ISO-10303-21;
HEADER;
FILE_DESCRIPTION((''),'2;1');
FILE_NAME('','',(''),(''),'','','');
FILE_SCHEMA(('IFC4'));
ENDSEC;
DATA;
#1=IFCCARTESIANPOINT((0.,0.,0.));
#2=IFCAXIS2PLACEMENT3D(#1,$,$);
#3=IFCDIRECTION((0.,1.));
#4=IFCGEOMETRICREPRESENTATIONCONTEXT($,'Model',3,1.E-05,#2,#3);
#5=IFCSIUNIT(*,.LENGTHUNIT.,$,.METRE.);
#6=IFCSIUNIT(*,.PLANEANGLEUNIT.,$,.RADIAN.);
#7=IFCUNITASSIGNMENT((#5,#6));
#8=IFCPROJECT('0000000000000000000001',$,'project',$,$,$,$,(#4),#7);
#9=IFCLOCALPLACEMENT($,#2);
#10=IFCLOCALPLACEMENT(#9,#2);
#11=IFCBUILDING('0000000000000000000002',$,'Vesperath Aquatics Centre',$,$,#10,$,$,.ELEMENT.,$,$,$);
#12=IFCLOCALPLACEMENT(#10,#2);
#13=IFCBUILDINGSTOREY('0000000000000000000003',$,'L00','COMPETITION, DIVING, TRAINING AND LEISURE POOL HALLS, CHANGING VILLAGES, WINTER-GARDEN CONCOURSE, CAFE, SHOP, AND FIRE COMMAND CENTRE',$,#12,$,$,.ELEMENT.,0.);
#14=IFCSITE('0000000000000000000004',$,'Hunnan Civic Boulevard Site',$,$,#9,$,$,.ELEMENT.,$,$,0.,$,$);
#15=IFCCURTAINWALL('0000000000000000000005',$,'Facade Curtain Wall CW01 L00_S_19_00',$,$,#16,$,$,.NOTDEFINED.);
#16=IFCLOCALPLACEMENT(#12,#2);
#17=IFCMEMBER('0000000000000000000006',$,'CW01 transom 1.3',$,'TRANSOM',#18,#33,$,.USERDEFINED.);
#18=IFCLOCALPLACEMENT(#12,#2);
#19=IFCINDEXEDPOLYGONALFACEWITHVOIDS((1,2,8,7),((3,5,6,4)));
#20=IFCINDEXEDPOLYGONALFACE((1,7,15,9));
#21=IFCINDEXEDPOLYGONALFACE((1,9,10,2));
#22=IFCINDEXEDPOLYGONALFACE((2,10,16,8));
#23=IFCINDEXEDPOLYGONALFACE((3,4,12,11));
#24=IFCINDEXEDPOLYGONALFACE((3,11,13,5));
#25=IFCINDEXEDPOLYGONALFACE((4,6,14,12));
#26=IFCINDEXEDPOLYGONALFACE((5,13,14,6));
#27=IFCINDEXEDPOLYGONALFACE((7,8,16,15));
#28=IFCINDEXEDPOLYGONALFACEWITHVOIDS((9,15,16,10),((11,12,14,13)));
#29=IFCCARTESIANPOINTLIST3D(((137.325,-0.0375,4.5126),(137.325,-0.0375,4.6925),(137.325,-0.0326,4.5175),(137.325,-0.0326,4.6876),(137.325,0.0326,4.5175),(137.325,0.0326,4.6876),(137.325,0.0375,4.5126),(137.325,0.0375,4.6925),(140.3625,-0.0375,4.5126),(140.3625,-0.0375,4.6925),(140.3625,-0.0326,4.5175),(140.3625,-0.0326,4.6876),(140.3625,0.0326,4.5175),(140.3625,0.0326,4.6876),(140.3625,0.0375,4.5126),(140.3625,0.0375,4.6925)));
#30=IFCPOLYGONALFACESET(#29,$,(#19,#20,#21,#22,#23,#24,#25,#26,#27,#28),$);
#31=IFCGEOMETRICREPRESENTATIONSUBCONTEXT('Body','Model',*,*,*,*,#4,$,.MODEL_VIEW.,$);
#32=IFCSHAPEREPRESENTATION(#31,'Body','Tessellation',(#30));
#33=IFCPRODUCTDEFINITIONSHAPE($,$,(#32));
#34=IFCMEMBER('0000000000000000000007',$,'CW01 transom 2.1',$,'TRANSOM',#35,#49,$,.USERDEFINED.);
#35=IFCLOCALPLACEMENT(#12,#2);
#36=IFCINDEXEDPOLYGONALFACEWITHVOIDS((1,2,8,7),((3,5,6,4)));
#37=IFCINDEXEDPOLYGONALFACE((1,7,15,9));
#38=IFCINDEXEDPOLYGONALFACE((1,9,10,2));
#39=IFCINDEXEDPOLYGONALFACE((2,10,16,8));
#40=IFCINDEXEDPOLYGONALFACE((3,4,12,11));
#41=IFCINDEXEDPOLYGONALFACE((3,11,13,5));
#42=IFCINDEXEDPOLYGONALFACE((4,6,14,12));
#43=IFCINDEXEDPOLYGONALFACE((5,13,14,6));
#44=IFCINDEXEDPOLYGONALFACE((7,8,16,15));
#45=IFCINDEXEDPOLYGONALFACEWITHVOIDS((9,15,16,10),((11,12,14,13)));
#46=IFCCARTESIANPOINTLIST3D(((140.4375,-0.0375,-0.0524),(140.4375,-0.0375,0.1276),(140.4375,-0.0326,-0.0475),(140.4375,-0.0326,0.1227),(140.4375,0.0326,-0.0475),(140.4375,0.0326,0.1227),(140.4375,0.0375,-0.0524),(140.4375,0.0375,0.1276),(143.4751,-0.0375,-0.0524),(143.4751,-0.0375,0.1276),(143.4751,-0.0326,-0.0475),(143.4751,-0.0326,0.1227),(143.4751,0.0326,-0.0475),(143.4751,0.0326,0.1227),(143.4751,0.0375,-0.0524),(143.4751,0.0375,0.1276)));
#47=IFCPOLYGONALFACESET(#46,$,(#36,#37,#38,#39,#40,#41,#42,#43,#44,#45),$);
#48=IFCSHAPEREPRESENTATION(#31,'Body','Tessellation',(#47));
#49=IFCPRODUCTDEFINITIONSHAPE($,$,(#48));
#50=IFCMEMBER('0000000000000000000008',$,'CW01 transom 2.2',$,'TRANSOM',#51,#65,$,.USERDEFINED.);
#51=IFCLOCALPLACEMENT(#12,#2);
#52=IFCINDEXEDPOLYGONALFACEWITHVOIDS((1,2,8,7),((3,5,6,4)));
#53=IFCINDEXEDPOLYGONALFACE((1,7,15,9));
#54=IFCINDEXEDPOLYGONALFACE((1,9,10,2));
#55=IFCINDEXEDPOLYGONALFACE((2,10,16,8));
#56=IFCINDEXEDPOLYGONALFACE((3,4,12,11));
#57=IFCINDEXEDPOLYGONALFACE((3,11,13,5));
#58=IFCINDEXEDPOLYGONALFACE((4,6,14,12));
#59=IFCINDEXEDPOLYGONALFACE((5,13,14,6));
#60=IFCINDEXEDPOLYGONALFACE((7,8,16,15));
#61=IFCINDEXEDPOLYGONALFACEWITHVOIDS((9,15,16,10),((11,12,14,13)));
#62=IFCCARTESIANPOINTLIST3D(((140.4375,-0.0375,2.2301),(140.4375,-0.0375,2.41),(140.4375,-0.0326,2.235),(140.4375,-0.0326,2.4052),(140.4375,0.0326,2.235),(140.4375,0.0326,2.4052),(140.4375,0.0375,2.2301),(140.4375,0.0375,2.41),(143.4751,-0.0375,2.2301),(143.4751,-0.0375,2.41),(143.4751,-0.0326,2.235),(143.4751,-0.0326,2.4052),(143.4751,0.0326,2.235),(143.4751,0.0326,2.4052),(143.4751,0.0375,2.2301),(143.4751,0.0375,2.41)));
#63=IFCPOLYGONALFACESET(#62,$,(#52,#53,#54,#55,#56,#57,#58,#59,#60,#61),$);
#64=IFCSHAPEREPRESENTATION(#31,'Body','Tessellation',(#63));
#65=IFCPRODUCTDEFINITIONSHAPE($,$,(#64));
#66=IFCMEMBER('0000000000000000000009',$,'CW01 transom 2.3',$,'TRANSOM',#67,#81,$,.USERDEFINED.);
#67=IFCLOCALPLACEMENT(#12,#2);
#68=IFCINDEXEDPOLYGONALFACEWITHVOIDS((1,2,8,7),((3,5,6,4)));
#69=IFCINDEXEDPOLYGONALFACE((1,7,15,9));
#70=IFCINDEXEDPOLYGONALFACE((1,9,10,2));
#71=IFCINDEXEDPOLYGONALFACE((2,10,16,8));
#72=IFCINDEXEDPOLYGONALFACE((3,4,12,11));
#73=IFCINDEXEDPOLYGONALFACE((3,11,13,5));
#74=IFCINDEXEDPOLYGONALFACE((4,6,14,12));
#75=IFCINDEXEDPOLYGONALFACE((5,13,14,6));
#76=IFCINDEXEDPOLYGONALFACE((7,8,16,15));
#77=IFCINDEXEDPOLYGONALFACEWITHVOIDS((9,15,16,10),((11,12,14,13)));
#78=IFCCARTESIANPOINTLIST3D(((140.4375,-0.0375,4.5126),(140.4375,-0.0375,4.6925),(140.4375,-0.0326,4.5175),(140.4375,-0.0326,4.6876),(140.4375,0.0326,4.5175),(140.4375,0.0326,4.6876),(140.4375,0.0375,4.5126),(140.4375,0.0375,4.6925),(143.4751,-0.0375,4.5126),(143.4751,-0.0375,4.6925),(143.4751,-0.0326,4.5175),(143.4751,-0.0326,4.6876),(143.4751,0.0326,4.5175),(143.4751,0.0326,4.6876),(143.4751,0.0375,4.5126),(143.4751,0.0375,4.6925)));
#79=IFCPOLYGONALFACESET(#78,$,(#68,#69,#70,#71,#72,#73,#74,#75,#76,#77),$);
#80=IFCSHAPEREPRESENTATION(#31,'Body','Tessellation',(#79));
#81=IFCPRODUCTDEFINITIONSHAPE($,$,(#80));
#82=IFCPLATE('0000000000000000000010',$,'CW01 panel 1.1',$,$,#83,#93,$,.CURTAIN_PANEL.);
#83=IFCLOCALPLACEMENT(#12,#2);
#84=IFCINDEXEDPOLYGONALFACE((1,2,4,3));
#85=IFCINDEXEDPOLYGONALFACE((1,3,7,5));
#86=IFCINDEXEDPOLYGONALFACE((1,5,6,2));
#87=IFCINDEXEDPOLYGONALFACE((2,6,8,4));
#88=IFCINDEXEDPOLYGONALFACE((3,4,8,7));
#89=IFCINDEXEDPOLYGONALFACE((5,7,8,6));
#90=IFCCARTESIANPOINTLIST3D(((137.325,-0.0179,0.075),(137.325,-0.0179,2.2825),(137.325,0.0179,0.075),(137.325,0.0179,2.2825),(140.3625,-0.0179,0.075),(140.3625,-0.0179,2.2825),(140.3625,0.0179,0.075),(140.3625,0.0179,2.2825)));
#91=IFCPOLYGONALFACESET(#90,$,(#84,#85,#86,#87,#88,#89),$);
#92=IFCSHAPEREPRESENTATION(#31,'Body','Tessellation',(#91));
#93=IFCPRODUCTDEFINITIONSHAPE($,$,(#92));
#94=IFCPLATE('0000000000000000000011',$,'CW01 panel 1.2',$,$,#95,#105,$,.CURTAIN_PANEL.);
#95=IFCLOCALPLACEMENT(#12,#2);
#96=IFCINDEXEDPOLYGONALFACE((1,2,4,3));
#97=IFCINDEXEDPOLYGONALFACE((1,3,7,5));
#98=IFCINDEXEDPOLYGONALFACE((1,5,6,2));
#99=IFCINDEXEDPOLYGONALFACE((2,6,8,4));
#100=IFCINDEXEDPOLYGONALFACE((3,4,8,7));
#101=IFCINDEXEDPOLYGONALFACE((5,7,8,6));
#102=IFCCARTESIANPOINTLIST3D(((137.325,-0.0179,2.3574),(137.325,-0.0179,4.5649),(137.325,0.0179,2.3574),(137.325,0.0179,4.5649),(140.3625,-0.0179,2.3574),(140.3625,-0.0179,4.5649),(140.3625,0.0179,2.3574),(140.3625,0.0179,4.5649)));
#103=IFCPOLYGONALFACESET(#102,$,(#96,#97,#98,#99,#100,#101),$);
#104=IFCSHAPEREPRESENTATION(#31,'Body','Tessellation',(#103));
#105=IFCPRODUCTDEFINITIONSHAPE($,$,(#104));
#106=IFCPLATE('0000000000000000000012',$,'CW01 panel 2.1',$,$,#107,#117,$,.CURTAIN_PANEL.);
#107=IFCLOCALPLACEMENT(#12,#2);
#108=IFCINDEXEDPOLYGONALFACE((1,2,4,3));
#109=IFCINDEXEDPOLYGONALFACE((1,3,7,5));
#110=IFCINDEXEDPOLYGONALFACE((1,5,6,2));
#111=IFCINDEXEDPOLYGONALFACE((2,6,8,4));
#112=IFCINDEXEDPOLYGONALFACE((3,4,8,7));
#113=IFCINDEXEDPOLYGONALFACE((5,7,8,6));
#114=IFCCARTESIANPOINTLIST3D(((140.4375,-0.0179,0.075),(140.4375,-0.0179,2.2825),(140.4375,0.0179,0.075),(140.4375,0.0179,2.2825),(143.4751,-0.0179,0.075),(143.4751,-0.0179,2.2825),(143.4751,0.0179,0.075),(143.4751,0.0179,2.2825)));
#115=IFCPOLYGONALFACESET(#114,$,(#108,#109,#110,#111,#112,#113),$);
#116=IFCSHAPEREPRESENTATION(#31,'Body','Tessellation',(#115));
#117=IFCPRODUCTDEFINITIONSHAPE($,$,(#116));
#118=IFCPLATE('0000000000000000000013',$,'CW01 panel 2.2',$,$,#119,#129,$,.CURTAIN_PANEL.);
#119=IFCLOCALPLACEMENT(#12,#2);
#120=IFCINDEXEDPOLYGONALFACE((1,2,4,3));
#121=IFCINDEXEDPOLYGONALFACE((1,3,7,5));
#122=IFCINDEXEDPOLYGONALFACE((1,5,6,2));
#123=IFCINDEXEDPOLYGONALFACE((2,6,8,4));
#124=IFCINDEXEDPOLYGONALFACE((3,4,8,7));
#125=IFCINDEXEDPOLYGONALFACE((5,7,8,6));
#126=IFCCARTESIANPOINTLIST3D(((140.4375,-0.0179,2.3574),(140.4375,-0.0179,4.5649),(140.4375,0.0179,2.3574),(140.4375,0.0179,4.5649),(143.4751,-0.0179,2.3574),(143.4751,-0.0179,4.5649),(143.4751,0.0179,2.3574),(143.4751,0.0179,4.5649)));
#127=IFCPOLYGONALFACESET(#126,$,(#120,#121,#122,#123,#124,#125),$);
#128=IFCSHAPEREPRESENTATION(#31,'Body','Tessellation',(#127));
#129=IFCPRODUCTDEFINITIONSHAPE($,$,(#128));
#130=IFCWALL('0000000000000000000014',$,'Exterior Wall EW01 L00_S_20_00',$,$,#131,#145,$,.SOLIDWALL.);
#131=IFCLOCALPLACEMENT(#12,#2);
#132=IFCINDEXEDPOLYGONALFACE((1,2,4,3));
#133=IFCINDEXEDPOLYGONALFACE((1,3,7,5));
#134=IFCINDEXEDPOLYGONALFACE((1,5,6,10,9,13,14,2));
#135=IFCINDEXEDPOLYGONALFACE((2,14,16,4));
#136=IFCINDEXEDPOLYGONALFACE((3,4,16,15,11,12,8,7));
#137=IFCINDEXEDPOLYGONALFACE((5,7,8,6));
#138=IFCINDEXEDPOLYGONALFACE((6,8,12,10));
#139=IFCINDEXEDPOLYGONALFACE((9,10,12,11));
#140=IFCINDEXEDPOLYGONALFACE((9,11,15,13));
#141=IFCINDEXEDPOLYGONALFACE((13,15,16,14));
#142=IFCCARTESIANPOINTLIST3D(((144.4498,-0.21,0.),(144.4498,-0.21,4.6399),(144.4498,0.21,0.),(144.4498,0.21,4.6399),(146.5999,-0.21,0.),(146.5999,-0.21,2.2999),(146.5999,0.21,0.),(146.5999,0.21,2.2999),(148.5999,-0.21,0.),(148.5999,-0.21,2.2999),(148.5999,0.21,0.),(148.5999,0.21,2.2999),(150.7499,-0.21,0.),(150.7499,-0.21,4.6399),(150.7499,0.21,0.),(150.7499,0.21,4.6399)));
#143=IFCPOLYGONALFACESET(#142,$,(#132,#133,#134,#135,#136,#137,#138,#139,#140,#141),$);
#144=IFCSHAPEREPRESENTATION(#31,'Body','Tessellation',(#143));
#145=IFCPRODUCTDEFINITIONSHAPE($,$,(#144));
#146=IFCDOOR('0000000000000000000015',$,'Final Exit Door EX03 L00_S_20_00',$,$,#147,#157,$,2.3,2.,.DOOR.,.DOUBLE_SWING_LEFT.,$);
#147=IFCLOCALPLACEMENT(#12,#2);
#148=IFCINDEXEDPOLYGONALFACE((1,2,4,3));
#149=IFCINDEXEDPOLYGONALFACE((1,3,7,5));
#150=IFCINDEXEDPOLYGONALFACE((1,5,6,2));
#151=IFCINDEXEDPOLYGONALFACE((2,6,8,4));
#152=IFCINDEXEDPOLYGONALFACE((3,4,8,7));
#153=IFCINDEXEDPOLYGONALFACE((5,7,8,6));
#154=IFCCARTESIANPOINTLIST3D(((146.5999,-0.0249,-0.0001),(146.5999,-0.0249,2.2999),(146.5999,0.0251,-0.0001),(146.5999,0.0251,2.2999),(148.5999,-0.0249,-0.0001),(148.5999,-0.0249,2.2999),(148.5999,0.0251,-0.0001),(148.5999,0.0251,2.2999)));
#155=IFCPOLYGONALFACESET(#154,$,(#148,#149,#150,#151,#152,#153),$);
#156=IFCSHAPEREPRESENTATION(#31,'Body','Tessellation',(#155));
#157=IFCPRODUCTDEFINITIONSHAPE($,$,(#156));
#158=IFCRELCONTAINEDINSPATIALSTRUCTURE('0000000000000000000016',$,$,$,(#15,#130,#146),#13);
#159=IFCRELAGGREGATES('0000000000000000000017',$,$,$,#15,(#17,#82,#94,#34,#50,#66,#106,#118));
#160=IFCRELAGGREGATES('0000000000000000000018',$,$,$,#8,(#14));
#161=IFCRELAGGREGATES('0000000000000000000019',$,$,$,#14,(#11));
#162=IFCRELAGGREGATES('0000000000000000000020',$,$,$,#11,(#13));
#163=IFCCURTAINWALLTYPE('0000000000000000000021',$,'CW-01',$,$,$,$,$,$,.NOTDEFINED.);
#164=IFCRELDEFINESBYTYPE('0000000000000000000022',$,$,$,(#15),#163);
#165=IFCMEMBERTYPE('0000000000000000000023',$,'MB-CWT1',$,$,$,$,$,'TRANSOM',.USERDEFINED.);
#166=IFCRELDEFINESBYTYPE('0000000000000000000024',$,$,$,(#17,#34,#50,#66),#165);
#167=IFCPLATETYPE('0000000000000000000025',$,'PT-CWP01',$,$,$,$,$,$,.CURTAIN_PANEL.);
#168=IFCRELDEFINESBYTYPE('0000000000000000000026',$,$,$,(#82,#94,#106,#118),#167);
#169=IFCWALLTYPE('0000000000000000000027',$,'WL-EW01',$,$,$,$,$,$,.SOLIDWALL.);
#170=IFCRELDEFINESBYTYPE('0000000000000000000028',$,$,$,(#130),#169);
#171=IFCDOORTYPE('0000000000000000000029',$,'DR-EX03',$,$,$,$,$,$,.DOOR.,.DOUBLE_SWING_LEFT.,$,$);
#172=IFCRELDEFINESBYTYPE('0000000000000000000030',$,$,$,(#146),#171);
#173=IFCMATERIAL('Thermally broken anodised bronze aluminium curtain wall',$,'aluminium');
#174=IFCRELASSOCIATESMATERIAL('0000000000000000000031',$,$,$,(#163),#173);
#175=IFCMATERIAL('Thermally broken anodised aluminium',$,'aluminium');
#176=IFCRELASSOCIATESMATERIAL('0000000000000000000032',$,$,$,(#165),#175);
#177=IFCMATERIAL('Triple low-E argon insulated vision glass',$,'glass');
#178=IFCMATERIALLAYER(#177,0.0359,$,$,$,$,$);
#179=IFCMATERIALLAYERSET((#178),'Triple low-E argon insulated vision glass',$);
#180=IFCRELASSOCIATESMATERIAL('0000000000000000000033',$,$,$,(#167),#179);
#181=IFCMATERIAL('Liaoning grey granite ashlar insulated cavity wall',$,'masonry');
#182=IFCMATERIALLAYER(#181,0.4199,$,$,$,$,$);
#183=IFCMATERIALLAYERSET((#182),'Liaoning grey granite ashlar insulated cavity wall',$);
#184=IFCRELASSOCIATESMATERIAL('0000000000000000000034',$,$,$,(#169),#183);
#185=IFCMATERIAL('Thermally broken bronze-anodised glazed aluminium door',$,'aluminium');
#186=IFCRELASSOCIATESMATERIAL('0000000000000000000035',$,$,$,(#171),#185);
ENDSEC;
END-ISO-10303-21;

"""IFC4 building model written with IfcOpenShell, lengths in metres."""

from ifc_helpers import new_model, si_unit, direction, frame, frame_2d, origin, origin_2d, place, context, subcontext, project, spatial, rectangle, hollow_rectangle, extrude, material, layer, layer_set, material_profile, profile_set, type_object, element, fill, aggregate, save


model = new_model("IFC4")

# Units and contexts
model_context = context("Model", 3, precision=1e-05, world=origin(), true_north=direction((0.0, 1.0)))
body_context = subcontext(model_context, "Body", "Model", "MODEL_VIEW")
ifc_project = project(units=[si_unit("LENGTHUNIT", "METRE"), si_unit("PLANEANGLEUNIT", "RADIAN")], contexts=[model_context])

# Site, building, storey
site_placement = place(None, origin())
site = spatial("IfcSite", under=ifc_project, at=site_placement, Name="Hunnan Civic Boulevard Site", CompositionType="ELEMENT", RefElevation=0.0)
building_placement = place(site_placement, origin())
building = spatial("IfcBuilding", under=site, at=building_placement, Name="Vesperath Aquatics Centre", CompositionType="ELEMENT")
storey_placement = place(building_placement, origin())
storey = spatial("IfcBuildingStorey", under=building, at=storey_placement, Name="L00", Description="COMPETITION, DIVING, TRAINING AND LEISURE POOL HALLS, CHANGING VILLAGES, WINTER-GARDEN CONCOURSE, CAFE, SHOP, AND FIRE COMMAND CENTRE", CompositionType="ELEMENT", Elevation=0.0)

# Curtain wall, members, plates
ifc_material_1 = material(Name="Thermally broken anodised bronze aluminium curtain wall", Category="aluminium")
curtain_wall_type = type_object("IfcCurtainWallType", Name="CW-01", PredefinedType="NOTDEFINED", material=ifc_material_1)
curtain_wall_placement = place(storey_placement, origin())
curtain_wall = element("IfcCurtainWall", 1, at=curtain_wall_placement, inside=storey, type_object=curtain_wall_type, Name="Facade Curtain Wall CW01 L00_S_19_00", PredefinedType="NOTDEFINED")
ifc_material_2 = material(Name="Thermally broken anodised aluminium", Category="aluminium")
ifc_material_profile_1 = material_profile(ifc_material_2, hollow_rectangle(XDim=0.075, YDim=0.1799, WallThickness=0.0049, at=origin_2d()), Name="CWT 75x180x5")
ifc_profile_set_1 = profile_set([ifc_material_profile_1], Name="Thermally broken anodised aluminium")
member_type_1 = type_object("IfcMemberType", Name="MB-CWT1", ElementType="TRANSOM", PredefinedType="USERDEFINED", material=ifc_profile_set_1)
member_1_placement = place(storey_placement, frame((137.325, 0.0, 4.6025), z_axis=(1.0, 0.0, 0.0), x_axis=(0.0, 1.0, 0.0)))
member_1 = element("IfcMember", 2, at=member_1_placement, type_object=member_type_1, Name="CW01 transom 1.3", ObjectType="TRANSOM", PredefinedType="USERDEFINED", context=body_context, shape_type="SweptSolid", body=[
    extrude(hollow_rectangle(XDim=0.075, YDim=0.1799, WallThickness=0.0049, at=origin_2d()), origin(), (0.0, 0.0, 1.0), 3.0376),
])
member_2_placement = place(storey_placement, frame((140.4375, 0.0, 0.0376), z_axis=(1.0, 0.0, 0.0), x_axis=(0.0, 1.0, 0.0)))
member_2 = element("IfcMember", 3, at=member_2_placement, type_object=member_type_1, Name="CW01 transom 2.1", ObjectType="TRANSOM", PredefinedType="USERDEFINED", context=body_context, shape_type="SweptSolid", body=[
    extrude(hollow_rectangle(XDim=0.075, YDim=0.1799, WallThickness=0.0049, at=origin_2d()), origin(), (0.0, 0.0, 1.0), 3.0376),
])
member_3_placement = place(storey_placement, frame((140.4375, 0.0, 2.3201), z_axis=(1.0, 0.0, 0.0), x_axis=(0.0, 1.0, 0.0)))
member_3 = element("IfcMember", 4, at=member_3_placement, type_object=member_type_1, Name="CW01 transom 2.2", ObjectType="TRANSOM", PredefinedType="USERDEFINED", context=body_context, shape_type="SweptSolid", body=[
    extrude(hollow_rectangle(XDim=0.075, YDim=0.1799, WallThickness=0.0049, at=origin_2d()), origin(), (0.0, 0.0, 1.0), 3.0376),
])
member_4_placement = place(storey_placement, frame((140.4375, 0.0, 4.6025), z_axis=(1.0, 0.0, 0.0), x_axis=(0.0, 1.0, 0.0)))
member_4 = element("IfcMember", 5, at=member_4_placement, type_object=member_type_1, Name="CW01 transom 2.3", ObjectType="TRANSOM", PredefinedType="USERDEFINED", context=body_context, shape_type="SweptSolid", body=[
    extrude(hollow_rectangle(XDim=0.075, YDim=0.1799, WallThickness=0.0049, at=origin_2d()), origin(), (0.0, 0.0, 1.0), 3.0376),
])
ifc_material_3 = material(Name="Triple low-E argon insulated vision glass", Category="glass")
ifc_layer_1 = layer(ifc_material_3, 0.0359)
ifc_layer_set_1 = layer_set([ifc_layer_1], Name="Triple low-E argon insulated vision glass")
plate_type = type_object("IfcPlateType", Name="PT-CWP01", PredefinedType="CURTAIN_PANEL", material=ifc_layer_set_1)
plate_1_placement = place(storey_placement, frame((138.8438, 0.0, 0.075), z_axis=(0.0, 0.0, 1.0), x_axis=(1.0, 0.0, 0.0)))
plate_1 = element("IfcPlate", 6, at=plate_1_placement, type_object=plate_type, Name="CW01 panel 1.1", PredefinedType="CURTAIN_PANEL", context=body_context, shape_type="SweptSolid", body=[
    extrude(rectangle(XDim=3.0376, YDim=0.0359, at=origin_2d()), origin(), (0.0, 0.0, 1.0), 2.2075),
])
plate_2_placement = place(storey_placement, frame((138.8438, 0.0, 2.3574), z_axis=(0.0, 0.0, 1.0), x_axis=(1.0, 0.0, 0.0)))
plate_2 = element("IfcPlate", 7, at=plate_2_placement, type_object=plate_type, Name="CW01 panel 1.2", PredefinedType="CURTAIN_PANEL", context=body_context, shape_type="SweptSolid", body=[
    extrude(rectangle(XDim=3.0376, YDim=0.0359, at=origin_2d()), origin(), (0.0, 0.0, 1.0), 2.2075),
])
plate_3_placement = place(storey_placement, frame((141.9563, 0.0, 0.075), z_axis=(0.0, 0.0, 1.0), x_axis=(1.0, 0.0, 0.0)))
plate_3 = element("IfcPlate", 8, at=plate_3_placement, type_object=plate_type, Name="CW01 panel 2.1", PredefinedType="CURTAIN_PANEL", context=body_context, shape_type="SweptSolid", body=[
    extrude(rectangle(XDim=3.0376, YDim=0.0359, at=origin_2d()), origin(), (0.0, 0.0, 1.0), 2.2075),
])
plate_4_placement = place(storey_placement, frame((141.9563, 0.0, 2.3574), z_axis=(0.0, 0.0, 1.0), x_axis=(1.0, 0.0, 0.0)))
plate_4 = element("IfcPlate", 9, at=plate_4_placement, type_object=plate_type, Name="CW01 panel 2.2", PredefinedType="CURTAIN_PANEL", context=body_context, shape_type="SweptSolid", body=[
    extrude(rectangle(XDim=3.0376, YDim=0.0359, at=origin_2d()), origin(), (0.0, 0.0, 1.0), 2.2075),
])
aggregate(curtain_wall, [member_1, plate_1, plate_2, member_2, member_3, member_4, plate_3, plate_4])

# Wall, opening, door
ifc_material_4 = material(Name="Liaoning grey granite ashlar insulated cavity wall", Category="masonry")
ifc_layer_2 = layer(ifc_material_4, 0.4199)
ifc_layer_set_2 = layer_set([ifc_layer_2], Name="Liaoning grey granite ashlar insulated cavity wall")
wall_type_1 = type_object("IfcWallType", Name="WL-EW01", PredefinedType="SOLIDWALL", material=ifc_layer_set_2)
wall_1_placement = place(storey_placement, frame((144.45, 0.0, 0.0), z_axis=(0.0, 0.0, 1.0), x_axis=(1.0, 0.0, 0.0)))
wall_1 = element("IfcWall", 10, at=wall_1_placement, inside=storey, type_object=wall_type_1, Name="Exterior Wall EW01 L00_S_20_00", PredefinedType="SOLIDWALL", context=body_context, shape_type="SweptSolid", body=[
    extrude(rectangle(XDim=6.3, YDim=0.4199, at=frame_2d((3.1499, 0.0))), origin(), (0.0, 0.0, 1.0), 4.6399),
])
opening_1_placement = place(wall_1_placement, frame((2.1499, 0.0, 0.0)))
opening_1 = element("IfcOpeningElement", 11, at=opening_1_placement, cuts=wall_1, PredefinedType="OPENING", context=body_context, shape_type="SweptSolid", body=[
    extrude(rectangle(XDim=2.0, YDim=2.3, at=frame_2d((1.0, 1.1499))), frame((0.0, 0.2249, 0.0), z_axis=(0.0, -1.0, 0.0), x_axis=(1.0, 0.0, 0.0)), (0.0, 0.0, 1.0), 0.4497),
])
ifc_material_5 = material(Name="Thermally broken bronze-anodised glazed aluminium door", Category="aluminium")
door_type = type_object("IfcDoorType", Name="DR-EX03", OperationType="DOUBLE_SWING_LEFT", PredefinedType="DOOR", material=ifc_material_5)
door_placement = place(opening_1_placement, frame((2.0, 0.0, 0.0), z_axis=(0.0, 0.0, 1.0), x_axis=(-1.0, 0.0, 0.0)))
door = element("IfcDoor", 12, at=door_placement, inside=storey, type_object=door_type, Name="Final Exit Door EX03 L00_S_20_00", OperationType="DOUBLE_SWING_LEFT", OverallHeight=2.3, OverallWidth=2.0, PredefinedType="DOOR", context=body_context, shape_type="SweptSolid", body=[
    extrude(rectangle(XDim=2.0, YDim=2.3, at=frame_2d((1.0, 1.1499))), frame((0.0, 0.0249, 0.0), z_axis=(0.0, -1.0, 0.0), x_axis=(1.0, 0.0, 0.0)), (0.0, 0.0, 1.0), 0.05),
])
fill(opening_1, door)

save(model, "model.ifc")
